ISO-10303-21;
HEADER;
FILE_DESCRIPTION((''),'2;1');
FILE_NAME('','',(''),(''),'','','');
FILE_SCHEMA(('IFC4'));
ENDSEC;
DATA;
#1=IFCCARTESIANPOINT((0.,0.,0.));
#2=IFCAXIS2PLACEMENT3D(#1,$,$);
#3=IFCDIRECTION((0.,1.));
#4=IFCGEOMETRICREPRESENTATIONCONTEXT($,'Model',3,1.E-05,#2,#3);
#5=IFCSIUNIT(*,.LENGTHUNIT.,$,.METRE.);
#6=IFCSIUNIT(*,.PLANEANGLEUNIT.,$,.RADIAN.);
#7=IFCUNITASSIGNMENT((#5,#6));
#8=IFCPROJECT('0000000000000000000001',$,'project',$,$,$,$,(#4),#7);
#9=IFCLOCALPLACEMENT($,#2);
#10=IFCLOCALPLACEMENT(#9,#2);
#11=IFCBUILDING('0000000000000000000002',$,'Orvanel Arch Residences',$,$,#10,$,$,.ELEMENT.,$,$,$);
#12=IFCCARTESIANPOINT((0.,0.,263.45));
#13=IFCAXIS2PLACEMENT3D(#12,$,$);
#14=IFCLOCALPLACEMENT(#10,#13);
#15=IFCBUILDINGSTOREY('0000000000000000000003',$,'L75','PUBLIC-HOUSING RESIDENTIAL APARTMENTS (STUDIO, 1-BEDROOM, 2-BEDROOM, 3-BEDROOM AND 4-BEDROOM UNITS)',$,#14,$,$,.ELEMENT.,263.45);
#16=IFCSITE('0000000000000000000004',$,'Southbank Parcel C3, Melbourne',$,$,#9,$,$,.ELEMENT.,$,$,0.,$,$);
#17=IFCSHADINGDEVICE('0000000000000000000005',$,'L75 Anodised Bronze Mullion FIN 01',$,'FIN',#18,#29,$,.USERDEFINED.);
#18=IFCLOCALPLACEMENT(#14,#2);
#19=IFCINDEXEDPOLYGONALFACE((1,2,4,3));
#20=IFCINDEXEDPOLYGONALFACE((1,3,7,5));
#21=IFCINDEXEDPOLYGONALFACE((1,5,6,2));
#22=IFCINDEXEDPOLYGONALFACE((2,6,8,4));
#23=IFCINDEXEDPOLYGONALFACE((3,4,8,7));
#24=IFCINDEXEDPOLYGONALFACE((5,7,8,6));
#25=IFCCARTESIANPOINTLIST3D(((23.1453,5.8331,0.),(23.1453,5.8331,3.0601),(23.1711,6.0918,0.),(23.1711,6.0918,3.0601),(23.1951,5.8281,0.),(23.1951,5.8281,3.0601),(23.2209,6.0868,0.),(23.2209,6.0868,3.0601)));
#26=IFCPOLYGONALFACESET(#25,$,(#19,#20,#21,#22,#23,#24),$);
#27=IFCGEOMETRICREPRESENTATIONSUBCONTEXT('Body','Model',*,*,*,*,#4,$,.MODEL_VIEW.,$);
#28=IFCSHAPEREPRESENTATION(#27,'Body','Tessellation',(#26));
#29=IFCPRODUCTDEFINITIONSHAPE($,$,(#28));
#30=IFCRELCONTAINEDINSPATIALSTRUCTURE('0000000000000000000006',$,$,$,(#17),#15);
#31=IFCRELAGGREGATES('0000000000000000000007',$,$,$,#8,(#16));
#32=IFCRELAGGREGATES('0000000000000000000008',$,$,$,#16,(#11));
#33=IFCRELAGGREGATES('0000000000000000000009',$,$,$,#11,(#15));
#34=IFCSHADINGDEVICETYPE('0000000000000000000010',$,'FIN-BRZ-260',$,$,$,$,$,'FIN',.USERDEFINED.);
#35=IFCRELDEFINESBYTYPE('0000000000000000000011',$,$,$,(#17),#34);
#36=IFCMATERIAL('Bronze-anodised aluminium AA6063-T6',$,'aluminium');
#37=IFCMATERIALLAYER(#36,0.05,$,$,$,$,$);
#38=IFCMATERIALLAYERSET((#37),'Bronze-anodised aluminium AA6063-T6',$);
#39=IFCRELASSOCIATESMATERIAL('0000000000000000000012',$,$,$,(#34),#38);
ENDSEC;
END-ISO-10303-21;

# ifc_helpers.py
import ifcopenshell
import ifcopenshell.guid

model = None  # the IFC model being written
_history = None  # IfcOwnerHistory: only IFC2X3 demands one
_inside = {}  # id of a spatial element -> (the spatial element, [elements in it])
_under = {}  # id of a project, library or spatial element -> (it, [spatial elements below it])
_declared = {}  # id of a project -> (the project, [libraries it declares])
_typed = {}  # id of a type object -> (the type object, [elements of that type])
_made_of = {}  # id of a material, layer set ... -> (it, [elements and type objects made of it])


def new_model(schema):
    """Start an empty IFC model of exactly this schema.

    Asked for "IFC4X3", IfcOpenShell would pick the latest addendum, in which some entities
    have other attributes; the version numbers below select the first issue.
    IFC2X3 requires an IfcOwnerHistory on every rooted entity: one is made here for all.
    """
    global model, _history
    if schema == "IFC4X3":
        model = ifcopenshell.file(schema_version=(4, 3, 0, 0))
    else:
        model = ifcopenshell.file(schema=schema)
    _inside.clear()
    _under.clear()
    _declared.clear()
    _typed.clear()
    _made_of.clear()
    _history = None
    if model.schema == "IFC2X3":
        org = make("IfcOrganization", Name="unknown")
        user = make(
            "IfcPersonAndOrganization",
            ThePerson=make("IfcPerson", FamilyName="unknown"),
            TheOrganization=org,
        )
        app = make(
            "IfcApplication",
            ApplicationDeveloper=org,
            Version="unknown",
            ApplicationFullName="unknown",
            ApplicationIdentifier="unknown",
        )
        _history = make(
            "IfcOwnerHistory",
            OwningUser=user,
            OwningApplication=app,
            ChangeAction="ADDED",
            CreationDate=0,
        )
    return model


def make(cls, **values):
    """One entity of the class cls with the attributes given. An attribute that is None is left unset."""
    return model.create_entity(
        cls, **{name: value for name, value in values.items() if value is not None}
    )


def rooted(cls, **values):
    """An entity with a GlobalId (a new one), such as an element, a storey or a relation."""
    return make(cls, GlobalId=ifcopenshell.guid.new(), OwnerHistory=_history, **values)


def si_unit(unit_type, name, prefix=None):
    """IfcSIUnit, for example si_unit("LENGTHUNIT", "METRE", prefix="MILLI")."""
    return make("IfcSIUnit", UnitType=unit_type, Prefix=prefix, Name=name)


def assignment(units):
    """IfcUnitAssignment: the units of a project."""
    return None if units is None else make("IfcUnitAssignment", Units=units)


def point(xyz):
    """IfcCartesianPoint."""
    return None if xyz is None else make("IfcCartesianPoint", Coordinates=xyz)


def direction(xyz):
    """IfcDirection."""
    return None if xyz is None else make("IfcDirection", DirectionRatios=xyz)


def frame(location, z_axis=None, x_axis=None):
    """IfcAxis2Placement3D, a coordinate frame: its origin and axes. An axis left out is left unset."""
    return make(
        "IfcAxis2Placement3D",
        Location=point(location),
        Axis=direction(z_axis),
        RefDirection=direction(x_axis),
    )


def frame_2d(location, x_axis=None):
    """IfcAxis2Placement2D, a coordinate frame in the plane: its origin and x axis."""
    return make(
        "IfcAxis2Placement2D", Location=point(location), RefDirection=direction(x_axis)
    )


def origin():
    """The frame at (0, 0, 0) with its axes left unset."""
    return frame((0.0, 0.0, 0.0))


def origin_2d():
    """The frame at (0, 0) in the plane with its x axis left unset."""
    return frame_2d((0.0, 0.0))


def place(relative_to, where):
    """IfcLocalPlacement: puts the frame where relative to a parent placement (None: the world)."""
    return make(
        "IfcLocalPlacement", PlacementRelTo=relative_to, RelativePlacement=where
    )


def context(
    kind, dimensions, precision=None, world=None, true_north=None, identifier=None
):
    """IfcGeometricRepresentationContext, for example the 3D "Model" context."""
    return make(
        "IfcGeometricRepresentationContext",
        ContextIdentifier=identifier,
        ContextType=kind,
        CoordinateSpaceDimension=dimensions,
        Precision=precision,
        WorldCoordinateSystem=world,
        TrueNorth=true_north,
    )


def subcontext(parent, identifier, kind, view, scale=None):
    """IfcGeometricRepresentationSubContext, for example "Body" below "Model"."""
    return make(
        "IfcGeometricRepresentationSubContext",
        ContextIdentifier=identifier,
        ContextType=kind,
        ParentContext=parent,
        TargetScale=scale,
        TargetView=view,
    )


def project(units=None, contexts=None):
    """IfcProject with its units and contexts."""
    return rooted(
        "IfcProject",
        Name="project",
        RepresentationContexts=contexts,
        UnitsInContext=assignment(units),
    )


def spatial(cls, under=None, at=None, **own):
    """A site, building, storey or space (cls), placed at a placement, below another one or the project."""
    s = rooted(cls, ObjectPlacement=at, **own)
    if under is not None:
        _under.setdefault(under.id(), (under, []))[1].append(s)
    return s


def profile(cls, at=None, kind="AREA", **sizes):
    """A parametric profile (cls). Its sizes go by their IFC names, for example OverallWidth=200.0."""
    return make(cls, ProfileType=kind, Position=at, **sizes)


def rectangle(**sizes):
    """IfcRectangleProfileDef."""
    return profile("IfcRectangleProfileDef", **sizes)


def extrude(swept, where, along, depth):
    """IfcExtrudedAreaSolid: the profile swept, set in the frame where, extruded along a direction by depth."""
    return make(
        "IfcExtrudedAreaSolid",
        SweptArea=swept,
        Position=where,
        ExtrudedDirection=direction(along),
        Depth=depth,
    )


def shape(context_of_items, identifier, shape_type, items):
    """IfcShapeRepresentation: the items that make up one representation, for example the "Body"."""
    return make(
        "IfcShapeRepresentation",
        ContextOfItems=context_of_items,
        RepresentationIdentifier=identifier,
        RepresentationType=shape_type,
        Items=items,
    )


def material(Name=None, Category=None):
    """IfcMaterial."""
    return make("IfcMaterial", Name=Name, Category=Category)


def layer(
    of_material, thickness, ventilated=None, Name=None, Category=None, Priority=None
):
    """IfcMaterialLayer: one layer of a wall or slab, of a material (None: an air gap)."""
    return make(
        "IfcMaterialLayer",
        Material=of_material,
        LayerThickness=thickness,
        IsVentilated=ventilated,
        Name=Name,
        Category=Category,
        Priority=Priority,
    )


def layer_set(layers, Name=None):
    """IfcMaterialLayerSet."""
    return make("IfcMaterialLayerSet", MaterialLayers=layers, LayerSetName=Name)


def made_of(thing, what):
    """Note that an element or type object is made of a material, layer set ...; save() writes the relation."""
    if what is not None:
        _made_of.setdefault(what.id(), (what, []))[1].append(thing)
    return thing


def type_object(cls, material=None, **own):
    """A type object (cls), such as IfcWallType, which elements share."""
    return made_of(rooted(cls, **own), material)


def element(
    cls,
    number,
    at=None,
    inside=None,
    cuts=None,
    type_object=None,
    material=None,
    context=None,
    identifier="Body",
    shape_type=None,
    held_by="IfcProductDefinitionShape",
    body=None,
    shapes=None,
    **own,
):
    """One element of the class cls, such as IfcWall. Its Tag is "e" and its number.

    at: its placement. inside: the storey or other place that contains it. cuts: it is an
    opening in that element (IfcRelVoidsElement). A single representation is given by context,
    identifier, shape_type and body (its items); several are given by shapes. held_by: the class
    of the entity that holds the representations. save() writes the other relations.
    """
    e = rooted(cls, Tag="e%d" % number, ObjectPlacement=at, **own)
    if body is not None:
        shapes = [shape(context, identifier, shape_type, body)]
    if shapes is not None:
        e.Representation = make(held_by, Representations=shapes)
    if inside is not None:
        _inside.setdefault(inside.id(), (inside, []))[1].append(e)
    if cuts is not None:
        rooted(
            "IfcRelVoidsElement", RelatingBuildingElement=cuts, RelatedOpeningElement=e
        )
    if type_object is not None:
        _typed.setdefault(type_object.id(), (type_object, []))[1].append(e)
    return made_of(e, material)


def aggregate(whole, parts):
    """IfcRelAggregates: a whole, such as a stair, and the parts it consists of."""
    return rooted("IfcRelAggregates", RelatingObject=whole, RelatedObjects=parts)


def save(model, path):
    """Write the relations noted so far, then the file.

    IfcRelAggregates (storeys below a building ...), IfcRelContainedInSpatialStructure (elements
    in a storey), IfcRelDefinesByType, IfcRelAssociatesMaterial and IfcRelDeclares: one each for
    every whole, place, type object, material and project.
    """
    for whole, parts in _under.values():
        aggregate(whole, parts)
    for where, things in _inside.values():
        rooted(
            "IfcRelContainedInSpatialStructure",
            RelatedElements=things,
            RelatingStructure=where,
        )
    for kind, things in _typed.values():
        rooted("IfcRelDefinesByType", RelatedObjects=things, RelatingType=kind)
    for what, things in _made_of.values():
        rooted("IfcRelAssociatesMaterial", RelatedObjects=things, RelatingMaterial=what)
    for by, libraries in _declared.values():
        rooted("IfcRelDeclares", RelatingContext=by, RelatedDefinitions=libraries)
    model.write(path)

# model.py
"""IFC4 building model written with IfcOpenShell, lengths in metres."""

from ifc_helpers import new_model, si_unit, direction, frame, origin, origin_2d, place, context, subcontext, project, spatial, rectangle, extrude, material, layer, layer_set, type_object, element, save


model = new_model("IFC4")

# Units and contexts
model_context = context("Model", 3, precision=1e-05, world=origin(), true_north=direction((0.0, 1.0)))
body_context = subcontext(model_context, "Body", "Model", "MODEL_VIEW")
ifc_project = project(units=[si_unit("LENGTHUNIT", "METRE"), si_unit("PLANEANGLEUNIT", "RADIAN")], contexts=[model_context])

# Site, building, storey
site_placement = place(None, origin())
site = spatial("IfcSite", under=ifc_project, at=site_placement, Name="Southbank Parcel C3, Melbourne", CompositionType="ELEMENT", RefElevation=0.0)
building_placement = place(site_placement, origin())
building = spatial("IfcBuilding", under=site, at=building_placement, Name="Orvanel Arch Residences", CompositionType="ELEMENT")
storey_placement = place(building_placement, frame((0.0, 0.0, 263.45)))
storey = spatial("IfcBuildingStorey", under=building, at=storey_placement, Name="L75", Description="PUBLIC-HOUSING RESIDENTIAL APARTMENTS (STUDIO, 1-BEDROOM, 2-BEDROOM, 3-BEDROOM AND 4-BEDROOM UNITS)", CompositionType="ELEMENT", Elevation=263.45)

# Shared definitions
ifc_material_1 = material(Name="Bronze-anodised aluminium AA6063-T6", Category="aluminium")

# Shading device
ifc_layer_1 = layer(ifc_material_1, 0.05)
ifc_layer_set_1 = layer_set([ifc_layer_1], Name="Bronze-anodised aluminium AA6063-T6")
shading_device_type = type_object("IfcShadingDeviceType", Name="FIN-BRZ-260", ElementType="FIN", PredefinedType="USERDEFINED", material=ifc_layer_set_1)
shading_device_placement = place(storey_placement, frame((23.1831, 5.96, 0.0), z_axis=(0.0, 0.0, 1.0), x_axis=(-0.09932, -0.995056, 0.0)))
element("IfcShadingDevice", 1, at=shading_device_placement, inside=storey, type_object=shading_device_type, Name="L75 Anodised Bronze Mullion FIN 01", ObjectType="FIN", PredefinedType="USERDEFINED", context=body_context, shape_type="SweptSolid", body=[
    extrude(rectangle(XDim=0.26, YDim=0.05, at=origin_2d()), origin(), (0.0, 0.0, 1.0), 3.0601),
])

save(model, "model.ifc")
